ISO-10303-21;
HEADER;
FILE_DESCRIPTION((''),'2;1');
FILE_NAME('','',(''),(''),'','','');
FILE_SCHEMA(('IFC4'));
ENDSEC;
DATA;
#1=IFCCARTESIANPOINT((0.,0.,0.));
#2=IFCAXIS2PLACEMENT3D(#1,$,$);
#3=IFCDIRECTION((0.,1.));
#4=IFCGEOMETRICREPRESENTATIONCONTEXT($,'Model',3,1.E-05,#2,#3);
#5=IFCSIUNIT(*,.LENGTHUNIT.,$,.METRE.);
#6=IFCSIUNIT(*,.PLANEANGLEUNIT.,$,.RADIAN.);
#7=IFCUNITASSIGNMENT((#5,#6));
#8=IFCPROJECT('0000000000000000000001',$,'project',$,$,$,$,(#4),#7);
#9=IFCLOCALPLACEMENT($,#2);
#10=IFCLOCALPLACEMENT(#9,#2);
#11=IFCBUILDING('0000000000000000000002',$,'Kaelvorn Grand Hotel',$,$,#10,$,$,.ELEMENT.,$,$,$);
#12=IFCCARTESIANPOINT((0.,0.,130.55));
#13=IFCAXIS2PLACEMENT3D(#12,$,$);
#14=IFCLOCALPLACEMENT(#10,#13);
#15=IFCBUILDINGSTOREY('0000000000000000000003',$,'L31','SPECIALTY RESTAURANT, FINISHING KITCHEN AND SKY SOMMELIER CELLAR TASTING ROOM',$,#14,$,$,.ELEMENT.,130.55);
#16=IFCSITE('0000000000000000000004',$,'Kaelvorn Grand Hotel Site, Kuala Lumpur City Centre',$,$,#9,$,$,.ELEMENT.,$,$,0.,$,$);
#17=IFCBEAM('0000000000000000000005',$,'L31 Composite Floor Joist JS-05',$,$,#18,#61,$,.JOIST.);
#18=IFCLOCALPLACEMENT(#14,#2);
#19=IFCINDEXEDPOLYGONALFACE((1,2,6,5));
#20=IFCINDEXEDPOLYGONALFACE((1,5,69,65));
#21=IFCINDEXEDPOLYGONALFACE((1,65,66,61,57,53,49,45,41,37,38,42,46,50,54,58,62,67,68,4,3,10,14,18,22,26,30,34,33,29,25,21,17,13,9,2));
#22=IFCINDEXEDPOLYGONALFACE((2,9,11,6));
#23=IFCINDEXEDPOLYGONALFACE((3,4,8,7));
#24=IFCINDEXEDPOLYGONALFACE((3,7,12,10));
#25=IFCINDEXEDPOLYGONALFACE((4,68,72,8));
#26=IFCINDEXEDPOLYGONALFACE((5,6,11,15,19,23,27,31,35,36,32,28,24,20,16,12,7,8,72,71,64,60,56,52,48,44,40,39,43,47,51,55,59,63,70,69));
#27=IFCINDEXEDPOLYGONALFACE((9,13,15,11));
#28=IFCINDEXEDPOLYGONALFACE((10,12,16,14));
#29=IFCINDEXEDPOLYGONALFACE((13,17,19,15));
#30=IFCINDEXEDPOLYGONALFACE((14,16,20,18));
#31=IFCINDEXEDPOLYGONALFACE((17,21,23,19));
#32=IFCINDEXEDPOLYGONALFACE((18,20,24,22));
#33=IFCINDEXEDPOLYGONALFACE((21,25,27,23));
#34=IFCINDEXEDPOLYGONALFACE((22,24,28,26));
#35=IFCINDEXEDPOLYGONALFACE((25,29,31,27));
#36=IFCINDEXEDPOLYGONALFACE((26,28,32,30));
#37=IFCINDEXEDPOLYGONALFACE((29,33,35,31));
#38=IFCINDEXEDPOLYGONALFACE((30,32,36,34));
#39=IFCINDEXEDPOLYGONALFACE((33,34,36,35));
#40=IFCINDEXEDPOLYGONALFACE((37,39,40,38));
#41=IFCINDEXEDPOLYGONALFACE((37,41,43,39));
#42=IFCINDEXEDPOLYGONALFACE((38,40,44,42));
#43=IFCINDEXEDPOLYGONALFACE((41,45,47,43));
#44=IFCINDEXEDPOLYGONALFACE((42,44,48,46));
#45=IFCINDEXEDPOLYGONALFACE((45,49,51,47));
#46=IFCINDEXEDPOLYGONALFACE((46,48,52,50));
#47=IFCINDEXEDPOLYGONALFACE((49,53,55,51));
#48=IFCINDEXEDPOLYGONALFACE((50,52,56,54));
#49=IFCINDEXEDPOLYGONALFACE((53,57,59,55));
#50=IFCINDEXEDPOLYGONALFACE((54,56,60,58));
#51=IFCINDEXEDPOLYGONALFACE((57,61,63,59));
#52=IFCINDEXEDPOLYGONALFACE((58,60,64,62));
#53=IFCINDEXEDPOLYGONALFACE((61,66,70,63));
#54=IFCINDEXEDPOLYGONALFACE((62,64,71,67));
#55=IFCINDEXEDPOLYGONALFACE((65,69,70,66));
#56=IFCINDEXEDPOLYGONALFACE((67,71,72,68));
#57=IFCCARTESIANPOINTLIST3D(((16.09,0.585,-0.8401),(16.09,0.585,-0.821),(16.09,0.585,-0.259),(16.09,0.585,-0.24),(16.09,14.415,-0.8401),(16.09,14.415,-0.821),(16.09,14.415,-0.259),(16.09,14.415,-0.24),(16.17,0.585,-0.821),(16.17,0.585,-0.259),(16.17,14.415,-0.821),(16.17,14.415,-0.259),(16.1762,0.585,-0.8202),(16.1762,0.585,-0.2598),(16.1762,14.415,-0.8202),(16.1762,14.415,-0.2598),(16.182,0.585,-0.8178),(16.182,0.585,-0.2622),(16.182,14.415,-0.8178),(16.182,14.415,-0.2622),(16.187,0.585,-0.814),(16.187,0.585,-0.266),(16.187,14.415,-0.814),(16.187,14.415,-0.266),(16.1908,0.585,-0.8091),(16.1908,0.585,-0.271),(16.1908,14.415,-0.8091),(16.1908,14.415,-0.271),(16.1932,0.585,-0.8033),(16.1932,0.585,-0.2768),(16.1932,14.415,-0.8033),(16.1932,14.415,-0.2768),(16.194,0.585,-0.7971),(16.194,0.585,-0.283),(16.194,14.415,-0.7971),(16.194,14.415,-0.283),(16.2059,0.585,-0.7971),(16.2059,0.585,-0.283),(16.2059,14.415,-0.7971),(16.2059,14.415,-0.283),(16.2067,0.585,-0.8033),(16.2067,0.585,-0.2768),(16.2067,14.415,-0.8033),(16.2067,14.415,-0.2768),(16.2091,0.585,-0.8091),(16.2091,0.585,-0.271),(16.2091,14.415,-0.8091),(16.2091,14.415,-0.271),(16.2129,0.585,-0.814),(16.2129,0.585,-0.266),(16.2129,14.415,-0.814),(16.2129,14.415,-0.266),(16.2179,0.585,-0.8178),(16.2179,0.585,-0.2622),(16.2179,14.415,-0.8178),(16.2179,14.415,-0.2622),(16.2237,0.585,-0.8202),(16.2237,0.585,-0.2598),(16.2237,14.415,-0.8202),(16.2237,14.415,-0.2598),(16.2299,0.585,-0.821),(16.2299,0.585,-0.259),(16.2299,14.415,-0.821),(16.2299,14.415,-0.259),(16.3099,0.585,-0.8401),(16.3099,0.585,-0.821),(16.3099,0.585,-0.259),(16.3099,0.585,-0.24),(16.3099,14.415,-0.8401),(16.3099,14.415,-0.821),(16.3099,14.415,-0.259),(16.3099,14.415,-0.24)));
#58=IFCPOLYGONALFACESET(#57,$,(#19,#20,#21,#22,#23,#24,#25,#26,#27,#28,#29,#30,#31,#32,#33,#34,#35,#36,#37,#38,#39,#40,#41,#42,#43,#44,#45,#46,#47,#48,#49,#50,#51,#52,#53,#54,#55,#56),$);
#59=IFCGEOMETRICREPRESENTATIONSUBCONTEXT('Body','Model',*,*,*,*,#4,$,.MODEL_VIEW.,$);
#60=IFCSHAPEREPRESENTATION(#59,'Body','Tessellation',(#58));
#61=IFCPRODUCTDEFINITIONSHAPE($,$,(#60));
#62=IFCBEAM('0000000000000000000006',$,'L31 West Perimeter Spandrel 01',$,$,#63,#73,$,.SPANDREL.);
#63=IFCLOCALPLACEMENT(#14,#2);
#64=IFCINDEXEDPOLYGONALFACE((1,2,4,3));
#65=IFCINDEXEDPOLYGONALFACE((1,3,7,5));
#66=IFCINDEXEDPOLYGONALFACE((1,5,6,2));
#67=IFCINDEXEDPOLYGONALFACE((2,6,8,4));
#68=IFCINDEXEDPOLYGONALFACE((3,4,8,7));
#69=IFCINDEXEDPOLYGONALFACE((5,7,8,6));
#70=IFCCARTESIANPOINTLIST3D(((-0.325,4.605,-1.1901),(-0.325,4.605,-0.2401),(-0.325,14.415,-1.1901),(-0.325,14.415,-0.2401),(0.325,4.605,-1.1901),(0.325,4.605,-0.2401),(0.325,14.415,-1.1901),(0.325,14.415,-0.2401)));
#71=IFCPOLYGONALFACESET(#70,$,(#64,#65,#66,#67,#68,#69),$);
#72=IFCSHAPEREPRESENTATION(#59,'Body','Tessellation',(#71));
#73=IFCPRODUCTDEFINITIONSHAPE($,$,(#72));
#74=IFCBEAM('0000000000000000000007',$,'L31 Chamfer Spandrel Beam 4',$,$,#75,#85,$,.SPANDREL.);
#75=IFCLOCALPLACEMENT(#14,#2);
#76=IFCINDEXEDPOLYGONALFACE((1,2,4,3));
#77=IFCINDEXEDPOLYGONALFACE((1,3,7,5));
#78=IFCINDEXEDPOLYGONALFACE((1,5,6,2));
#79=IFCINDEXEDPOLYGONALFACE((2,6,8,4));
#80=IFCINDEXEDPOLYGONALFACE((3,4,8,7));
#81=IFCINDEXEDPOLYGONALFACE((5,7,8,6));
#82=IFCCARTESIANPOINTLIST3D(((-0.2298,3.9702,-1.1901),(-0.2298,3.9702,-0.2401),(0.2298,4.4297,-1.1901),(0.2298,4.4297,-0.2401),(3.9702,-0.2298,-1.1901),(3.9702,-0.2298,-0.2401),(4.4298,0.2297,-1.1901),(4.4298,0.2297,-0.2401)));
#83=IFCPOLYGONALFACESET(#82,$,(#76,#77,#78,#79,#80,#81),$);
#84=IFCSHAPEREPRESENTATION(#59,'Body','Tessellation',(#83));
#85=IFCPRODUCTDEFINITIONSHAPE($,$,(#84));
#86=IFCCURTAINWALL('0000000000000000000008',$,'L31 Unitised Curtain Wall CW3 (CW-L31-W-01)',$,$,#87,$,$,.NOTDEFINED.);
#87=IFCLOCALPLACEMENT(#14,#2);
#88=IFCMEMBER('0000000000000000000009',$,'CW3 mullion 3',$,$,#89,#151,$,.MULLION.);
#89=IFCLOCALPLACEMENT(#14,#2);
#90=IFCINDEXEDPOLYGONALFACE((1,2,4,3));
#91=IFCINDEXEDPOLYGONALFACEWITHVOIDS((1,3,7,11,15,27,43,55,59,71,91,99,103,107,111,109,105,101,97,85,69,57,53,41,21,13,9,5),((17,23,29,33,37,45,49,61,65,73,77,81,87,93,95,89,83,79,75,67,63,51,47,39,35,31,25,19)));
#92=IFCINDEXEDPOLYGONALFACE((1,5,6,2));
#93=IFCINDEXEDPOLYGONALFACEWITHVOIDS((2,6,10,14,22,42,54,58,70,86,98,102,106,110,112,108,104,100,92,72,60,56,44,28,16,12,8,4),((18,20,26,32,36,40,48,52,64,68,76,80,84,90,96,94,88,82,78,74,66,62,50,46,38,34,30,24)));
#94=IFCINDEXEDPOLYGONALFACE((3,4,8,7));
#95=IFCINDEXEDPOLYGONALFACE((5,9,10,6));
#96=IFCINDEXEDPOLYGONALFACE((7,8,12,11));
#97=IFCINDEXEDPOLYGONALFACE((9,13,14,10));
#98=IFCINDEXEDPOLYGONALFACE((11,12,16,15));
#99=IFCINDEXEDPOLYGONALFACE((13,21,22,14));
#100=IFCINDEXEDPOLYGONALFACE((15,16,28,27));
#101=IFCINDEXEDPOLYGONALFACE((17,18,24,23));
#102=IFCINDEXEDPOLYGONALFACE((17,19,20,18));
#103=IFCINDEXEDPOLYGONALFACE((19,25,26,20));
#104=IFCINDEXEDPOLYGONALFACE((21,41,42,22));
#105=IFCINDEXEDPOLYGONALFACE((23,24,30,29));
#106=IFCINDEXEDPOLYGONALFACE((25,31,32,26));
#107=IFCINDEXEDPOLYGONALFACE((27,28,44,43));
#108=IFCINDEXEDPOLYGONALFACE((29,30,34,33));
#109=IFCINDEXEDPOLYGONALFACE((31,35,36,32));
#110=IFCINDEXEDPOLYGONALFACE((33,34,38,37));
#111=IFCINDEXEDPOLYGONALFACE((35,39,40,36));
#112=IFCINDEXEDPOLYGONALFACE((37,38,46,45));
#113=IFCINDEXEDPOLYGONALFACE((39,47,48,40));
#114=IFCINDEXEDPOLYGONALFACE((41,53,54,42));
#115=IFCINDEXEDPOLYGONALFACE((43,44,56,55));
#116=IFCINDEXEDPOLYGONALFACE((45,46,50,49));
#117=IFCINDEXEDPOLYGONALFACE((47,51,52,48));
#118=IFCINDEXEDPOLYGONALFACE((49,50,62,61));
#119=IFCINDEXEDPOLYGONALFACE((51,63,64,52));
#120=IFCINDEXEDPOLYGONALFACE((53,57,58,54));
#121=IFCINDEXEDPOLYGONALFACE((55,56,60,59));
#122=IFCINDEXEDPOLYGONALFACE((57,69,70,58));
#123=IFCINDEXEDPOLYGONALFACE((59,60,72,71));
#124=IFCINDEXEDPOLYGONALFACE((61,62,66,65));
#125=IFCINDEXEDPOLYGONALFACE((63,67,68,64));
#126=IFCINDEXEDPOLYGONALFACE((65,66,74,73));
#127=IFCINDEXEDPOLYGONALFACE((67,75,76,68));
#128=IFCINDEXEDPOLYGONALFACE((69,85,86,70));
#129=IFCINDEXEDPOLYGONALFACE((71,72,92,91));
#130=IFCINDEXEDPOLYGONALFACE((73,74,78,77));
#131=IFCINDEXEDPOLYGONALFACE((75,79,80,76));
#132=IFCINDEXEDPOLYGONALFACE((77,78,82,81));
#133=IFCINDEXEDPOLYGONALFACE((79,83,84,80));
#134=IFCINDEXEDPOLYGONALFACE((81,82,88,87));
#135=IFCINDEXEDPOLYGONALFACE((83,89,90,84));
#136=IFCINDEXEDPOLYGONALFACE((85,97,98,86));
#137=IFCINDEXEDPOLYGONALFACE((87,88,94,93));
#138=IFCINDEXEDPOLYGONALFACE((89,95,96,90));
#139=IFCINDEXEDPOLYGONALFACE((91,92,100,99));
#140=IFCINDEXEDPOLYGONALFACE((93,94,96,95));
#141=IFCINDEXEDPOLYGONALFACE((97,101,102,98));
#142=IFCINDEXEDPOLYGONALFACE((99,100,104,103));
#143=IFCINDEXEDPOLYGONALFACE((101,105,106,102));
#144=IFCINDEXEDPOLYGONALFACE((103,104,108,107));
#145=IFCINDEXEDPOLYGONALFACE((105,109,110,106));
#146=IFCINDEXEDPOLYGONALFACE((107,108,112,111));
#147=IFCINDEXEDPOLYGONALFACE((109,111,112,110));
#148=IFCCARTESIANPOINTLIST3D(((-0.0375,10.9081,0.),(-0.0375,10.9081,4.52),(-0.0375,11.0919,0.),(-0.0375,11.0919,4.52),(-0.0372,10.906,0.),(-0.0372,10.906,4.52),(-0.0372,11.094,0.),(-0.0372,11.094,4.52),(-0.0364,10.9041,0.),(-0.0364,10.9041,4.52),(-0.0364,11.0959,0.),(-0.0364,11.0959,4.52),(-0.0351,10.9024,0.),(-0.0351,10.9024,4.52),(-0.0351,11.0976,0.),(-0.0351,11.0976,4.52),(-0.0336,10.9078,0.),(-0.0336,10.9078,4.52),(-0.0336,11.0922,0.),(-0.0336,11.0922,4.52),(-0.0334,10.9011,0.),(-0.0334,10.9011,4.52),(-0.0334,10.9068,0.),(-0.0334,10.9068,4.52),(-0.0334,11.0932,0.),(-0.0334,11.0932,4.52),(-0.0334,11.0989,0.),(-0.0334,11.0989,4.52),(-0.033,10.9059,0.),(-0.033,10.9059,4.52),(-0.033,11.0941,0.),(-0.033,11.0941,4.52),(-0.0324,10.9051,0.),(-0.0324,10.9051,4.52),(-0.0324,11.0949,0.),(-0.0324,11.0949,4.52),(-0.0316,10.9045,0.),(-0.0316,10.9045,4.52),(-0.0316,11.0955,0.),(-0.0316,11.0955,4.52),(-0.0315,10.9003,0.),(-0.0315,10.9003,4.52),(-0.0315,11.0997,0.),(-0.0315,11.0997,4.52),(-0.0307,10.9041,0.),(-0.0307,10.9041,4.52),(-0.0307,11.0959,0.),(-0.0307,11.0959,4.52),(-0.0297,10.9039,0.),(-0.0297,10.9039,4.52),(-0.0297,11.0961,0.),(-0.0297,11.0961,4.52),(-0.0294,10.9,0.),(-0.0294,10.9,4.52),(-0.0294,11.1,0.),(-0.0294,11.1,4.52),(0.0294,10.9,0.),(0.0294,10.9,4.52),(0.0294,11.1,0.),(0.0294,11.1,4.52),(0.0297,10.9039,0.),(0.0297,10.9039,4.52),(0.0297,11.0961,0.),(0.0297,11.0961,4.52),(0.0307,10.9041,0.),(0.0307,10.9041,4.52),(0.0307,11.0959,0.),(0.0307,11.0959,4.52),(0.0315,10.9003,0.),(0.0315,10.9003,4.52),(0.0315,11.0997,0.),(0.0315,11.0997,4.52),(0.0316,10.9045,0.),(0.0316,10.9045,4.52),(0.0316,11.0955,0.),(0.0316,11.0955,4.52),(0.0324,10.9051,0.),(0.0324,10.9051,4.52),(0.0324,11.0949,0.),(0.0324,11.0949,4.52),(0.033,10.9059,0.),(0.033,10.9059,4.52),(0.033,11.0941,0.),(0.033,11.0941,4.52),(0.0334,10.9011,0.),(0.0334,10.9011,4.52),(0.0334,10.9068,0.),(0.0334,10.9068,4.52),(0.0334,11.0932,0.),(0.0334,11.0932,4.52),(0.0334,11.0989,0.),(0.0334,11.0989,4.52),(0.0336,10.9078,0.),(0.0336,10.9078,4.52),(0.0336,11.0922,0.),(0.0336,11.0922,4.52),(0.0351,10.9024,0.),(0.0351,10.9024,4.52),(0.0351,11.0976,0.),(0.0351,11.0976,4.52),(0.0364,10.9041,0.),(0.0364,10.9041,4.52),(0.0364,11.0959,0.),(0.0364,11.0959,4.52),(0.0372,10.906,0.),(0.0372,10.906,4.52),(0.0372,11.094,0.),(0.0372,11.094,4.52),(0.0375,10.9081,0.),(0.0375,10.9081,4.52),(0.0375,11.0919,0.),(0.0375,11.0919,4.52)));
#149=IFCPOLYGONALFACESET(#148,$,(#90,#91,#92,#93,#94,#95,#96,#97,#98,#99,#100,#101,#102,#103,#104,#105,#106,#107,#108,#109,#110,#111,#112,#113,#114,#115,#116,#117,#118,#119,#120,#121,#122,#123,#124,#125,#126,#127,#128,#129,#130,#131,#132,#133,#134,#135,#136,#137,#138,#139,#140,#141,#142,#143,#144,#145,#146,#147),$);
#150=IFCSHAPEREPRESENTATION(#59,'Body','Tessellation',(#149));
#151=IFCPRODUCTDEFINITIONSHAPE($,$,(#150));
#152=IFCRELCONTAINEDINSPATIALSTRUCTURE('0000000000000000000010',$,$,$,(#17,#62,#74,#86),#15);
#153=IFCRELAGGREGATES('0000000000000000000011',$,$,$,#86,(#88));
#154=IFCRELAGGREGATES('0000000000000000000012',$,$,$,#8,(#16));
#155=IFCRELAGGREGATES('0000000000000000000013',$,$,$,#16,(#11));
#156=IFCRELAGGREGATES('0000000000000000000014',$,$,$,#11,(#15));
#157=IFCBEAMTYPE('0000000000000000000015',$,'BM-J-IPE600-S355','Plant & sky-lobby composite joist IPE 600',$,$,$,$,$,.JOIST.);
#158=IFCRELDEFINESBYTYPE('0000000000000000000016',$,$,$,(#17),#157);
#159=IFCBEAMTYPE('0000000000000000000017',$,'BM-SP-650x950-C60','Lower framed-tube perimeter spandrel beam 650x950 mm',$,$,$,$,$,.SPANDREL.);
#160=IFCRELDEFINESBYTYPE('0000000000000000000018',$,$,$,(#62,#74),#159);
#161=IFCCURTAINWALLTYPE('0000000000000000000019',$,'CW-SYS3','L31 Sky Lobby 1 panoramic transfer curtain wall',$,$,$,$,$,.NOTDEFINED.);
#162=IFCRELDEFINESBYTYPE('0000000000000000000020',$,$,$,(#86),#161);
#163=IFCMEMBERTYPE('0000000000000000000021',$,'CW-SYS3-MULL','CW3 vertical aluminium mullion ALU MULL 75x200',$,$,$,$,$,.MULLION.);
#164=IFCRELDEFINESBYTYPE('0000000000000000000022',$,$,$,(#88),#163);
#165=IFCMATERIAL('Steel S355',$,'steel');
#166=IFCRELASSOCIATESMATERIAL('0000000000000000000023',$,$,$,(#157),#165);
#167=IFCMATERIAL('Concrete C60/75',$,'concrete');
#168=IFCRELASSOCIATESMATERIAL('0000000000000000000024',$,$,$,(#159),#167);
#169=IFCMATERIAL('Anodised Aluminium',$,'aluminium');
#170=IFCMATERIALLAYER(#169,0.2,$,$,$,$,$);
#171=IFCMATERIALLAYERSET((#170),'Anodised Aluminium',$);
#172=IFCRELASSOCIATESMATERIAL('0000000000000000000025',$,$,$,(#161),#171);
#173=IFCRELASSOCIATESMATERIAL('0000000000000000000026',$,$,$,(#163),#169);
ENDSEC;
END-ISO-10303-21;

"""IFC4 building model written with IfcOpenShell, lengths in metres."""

from ifc_helpers import new_model, si_unit, direction, frame, origin, origin_2d, place, context, subcontext, project, spatial, rectangle, hollow_rectangle, i_section, extrude, material, layer, layer_set, material_profile, profile_set, type_object, element, aggregate, save


model = new_model("IFC4")

# Units and contexts
model_context = context("Model", 3, precision=1e-05, world=origin(), true_north=direction((0.0, 1.0)))
body_context = subcontext(model_context, "Body", "Model", "MODEL_VIEW")
ifc_project = project(units=[si_unit("LENGTHUNIT", "METRE"), si_unit("PLANEANGLEUNIT", "RADIAN")], contexts=[model_context])

# Site, building, storey
site_placement = place(None, origin())
site = spatial("IfcSite", under=ifc_project, at=site_placement, Name="Kaelvorn Grand Hotel Site, Kuala Lumpur City Centre", CompositionType="ELEMENT", RefElevation=0.0)
building_placement = place(site_placement, origin())
building = spatial("IfcBuilding", under=site, at=building_placement, Name="Kaelvorn Grand Hotel", CompositionType="ELEMENT")
storey_placement = place(building_placement, frame((0.0, 0.0, 130.55)))
storey = spatial("IfcBuildingStorey", under=building, at=storey_placement, Name="L31", Description="SPECIALTY RESTAURANT, FINISHING KITCHEN AND SKY SOMMELIER CELLAR TASTING ROOM", CompositionType="ELEMENT", Elevation=130.55)

# Shared definitions
ifc_material_1 = material(Name="Concrete C60/75", Category="concrete")

# Beams
ifc_material_2 = material(Name="Steel S355", Category="steel")
ifc_material_profile_1 = material_profile(ifc_material_2, i_section(OverallWidth=0.22, OverallDepth=0.6001, WebThickness=0.012, FlangeThickness=0.019, FilletRadius=0.0239, at=origin_2d()), Name="IPE 600")
ifc_profile_set_1 = profile_set([ifc_material_profile_1], Name="Steel S355")
beam_type_1 = type_object("IfcBeamType", Name="BM-J-IPE600-S355", Description="Plant & sky-lobby composite joist IPE 600", PredefinedType="JOIST", material=ifc_profile_set_1)
beam_1_placement = place(storey_placement, frame((16.2, 0.585, -0.54), z_axis=(0.0, 1.0, 0.0), x_axis=(-1.0, 0.0, 0.0)))
element("IfcBeam", 1, at=beam_1_placement, inside=storey, type_object=beam_type_1, Name="L31 Composite Floor Joist JS-05", PredefinedType="JOIST", context=body_context, shape_type="SweptSolid", body=[
    extrude(i_section(OverallWidth=0.22, OverallDepth=0.6001, WebThickness=0.012, FlangeThickness=0.019, FilletRadius=0.0239, at=origin_2d()), origin(), (0.0, 0.0, 1.0), 13.8301),
])
ifc_material_profile_2 = material_profile(ifc_material_1, rectangle(XDim=0.6499, YDim=0.95, at=origin_2d()), Name="RC SPANDREL 650x950")
ifc_profile_set_2 = profile_set([ifc_material_profile_2], Name="Concrete C60/75")
beam_type_2 = type_object("IfcBeamType", Name="BM-SP-650x950-C60", Description="Lower framed-tube perimeter spandrel beam 650x950 mm", PredefinedType="SPANDREL", material=ifc_profile_set_2)
beam_2_placement = place(storey_placement, frame((0.0, 4.605, -0.7151), z_axis=(0.0, 1.0, 0.0), x_axis=(-1.0, 0.0, 0.0)))
element("IfcBeam", 2, at=beam_2_placement, inside=storey, type_object=beam_type_2, Name="L31 West Perimeter Spandrel 01", PredefinedType="SPANDREL", context=body_context, shape_type="SweptSolid", body=[
    extrude(rectangle(XDim=0.6499, YDim=0.95, at=origin_2d()), origin(), (0.0, 0.0, 1.0), 9.8101),
])
beam_3_placement = place(storey_placement, frame((0.0, 4.2, -0.7151), z_axis=(0.707107, -0.707107, 0.0), x_axis=(0.707107, 0.707107, 0.0)))
element("IfcBeam", 3, at=beam_3_placement, inside=storey, type_object=beam_type_2, Name="L31 Chamfer Spandrel Beam 4", PredefinedType="SPANDREL", context=body_context, shape_type="SweptSolid", body=[
    extrude(rectangle(XDim=0.6499, YDim=0.95, at=origin_2d()), origin(), (0.0, 0.0, 1.0), 5.9397),
])

# Curtain wall, member
ifc_material_3 = material(Name="Anodised Aluminium", Category="aluminium")
ifc_layer_1 = layer(ifc_material_3, 0.2)
ifc_layer_set_1 = layer_set([ifc_layer_1], Name="Anodised Aluminium")
curtain_wall_type = type_object("IfcCurtainWallType", Name="CW-SYS3", Description="L31 Sky Lobby 1 panoramic transfer curtain wall", PredefinedType="NOTDEFINED", material=ifc_layer_set_1)
curtain_wall_placement = place(storey_placement, origin())
curtain_wall = element("IfcCurtainWall", 4, at=curtain_wall_placement, inside=storey, type_object=curtain_wall_type, Name="L31 Unitised Curtain Wall CW3 (CW-L31-W-01)", PredefinedType="NOTDEFINED")
ifc_material_profile_3 = material_profile(ifc_material_3, hollow_rectangle(XDim=0.075, YDim=0.2, WallThickness=0.0039, InnerFilletRadius=0.0039, OuterFilletRadius=0.0081, at=origin_2d()), Name="ALU MULL 75x200")
ifc_profile_set_3 = profile_set([ifc_material_profile_3], Name="Anodised Aluminium")
member_type_1 = type_object("IfcMemberType", Name="CW-SYS3-MULL", Description="CW3 vertical aluminium mullion ALU MULL 75x200", PredefinedType="MULLION", material=ifc_profile_set_3)
member_1_placement = place(storey_placement, frame((0.0, 11.0, 0.0), z_axis=(0.0, 0.0, 1.0), x_axis=(1.0, 0.0, 0.0)))
member_1 = element("IfcMember", 5, at=member_1_placement, type_object=member_type_1, Name="CW3 mullion 3", PredefinedType="MULLION", context=body_context, shape_type="SweptSolid", body=[
    extrude(hollow_rectangle(XDim=0.075, YDim=0.2, WallThickness=0.0039, InnerFilletRadius=0.0039, OuterFilletRadius=0.0081, at=origin_2d()), origin(), (0.0, 0.0, 1.0), 4.52),
])
aggregate(curtain_wall, [member_1])

save(model, "model.ifc")
